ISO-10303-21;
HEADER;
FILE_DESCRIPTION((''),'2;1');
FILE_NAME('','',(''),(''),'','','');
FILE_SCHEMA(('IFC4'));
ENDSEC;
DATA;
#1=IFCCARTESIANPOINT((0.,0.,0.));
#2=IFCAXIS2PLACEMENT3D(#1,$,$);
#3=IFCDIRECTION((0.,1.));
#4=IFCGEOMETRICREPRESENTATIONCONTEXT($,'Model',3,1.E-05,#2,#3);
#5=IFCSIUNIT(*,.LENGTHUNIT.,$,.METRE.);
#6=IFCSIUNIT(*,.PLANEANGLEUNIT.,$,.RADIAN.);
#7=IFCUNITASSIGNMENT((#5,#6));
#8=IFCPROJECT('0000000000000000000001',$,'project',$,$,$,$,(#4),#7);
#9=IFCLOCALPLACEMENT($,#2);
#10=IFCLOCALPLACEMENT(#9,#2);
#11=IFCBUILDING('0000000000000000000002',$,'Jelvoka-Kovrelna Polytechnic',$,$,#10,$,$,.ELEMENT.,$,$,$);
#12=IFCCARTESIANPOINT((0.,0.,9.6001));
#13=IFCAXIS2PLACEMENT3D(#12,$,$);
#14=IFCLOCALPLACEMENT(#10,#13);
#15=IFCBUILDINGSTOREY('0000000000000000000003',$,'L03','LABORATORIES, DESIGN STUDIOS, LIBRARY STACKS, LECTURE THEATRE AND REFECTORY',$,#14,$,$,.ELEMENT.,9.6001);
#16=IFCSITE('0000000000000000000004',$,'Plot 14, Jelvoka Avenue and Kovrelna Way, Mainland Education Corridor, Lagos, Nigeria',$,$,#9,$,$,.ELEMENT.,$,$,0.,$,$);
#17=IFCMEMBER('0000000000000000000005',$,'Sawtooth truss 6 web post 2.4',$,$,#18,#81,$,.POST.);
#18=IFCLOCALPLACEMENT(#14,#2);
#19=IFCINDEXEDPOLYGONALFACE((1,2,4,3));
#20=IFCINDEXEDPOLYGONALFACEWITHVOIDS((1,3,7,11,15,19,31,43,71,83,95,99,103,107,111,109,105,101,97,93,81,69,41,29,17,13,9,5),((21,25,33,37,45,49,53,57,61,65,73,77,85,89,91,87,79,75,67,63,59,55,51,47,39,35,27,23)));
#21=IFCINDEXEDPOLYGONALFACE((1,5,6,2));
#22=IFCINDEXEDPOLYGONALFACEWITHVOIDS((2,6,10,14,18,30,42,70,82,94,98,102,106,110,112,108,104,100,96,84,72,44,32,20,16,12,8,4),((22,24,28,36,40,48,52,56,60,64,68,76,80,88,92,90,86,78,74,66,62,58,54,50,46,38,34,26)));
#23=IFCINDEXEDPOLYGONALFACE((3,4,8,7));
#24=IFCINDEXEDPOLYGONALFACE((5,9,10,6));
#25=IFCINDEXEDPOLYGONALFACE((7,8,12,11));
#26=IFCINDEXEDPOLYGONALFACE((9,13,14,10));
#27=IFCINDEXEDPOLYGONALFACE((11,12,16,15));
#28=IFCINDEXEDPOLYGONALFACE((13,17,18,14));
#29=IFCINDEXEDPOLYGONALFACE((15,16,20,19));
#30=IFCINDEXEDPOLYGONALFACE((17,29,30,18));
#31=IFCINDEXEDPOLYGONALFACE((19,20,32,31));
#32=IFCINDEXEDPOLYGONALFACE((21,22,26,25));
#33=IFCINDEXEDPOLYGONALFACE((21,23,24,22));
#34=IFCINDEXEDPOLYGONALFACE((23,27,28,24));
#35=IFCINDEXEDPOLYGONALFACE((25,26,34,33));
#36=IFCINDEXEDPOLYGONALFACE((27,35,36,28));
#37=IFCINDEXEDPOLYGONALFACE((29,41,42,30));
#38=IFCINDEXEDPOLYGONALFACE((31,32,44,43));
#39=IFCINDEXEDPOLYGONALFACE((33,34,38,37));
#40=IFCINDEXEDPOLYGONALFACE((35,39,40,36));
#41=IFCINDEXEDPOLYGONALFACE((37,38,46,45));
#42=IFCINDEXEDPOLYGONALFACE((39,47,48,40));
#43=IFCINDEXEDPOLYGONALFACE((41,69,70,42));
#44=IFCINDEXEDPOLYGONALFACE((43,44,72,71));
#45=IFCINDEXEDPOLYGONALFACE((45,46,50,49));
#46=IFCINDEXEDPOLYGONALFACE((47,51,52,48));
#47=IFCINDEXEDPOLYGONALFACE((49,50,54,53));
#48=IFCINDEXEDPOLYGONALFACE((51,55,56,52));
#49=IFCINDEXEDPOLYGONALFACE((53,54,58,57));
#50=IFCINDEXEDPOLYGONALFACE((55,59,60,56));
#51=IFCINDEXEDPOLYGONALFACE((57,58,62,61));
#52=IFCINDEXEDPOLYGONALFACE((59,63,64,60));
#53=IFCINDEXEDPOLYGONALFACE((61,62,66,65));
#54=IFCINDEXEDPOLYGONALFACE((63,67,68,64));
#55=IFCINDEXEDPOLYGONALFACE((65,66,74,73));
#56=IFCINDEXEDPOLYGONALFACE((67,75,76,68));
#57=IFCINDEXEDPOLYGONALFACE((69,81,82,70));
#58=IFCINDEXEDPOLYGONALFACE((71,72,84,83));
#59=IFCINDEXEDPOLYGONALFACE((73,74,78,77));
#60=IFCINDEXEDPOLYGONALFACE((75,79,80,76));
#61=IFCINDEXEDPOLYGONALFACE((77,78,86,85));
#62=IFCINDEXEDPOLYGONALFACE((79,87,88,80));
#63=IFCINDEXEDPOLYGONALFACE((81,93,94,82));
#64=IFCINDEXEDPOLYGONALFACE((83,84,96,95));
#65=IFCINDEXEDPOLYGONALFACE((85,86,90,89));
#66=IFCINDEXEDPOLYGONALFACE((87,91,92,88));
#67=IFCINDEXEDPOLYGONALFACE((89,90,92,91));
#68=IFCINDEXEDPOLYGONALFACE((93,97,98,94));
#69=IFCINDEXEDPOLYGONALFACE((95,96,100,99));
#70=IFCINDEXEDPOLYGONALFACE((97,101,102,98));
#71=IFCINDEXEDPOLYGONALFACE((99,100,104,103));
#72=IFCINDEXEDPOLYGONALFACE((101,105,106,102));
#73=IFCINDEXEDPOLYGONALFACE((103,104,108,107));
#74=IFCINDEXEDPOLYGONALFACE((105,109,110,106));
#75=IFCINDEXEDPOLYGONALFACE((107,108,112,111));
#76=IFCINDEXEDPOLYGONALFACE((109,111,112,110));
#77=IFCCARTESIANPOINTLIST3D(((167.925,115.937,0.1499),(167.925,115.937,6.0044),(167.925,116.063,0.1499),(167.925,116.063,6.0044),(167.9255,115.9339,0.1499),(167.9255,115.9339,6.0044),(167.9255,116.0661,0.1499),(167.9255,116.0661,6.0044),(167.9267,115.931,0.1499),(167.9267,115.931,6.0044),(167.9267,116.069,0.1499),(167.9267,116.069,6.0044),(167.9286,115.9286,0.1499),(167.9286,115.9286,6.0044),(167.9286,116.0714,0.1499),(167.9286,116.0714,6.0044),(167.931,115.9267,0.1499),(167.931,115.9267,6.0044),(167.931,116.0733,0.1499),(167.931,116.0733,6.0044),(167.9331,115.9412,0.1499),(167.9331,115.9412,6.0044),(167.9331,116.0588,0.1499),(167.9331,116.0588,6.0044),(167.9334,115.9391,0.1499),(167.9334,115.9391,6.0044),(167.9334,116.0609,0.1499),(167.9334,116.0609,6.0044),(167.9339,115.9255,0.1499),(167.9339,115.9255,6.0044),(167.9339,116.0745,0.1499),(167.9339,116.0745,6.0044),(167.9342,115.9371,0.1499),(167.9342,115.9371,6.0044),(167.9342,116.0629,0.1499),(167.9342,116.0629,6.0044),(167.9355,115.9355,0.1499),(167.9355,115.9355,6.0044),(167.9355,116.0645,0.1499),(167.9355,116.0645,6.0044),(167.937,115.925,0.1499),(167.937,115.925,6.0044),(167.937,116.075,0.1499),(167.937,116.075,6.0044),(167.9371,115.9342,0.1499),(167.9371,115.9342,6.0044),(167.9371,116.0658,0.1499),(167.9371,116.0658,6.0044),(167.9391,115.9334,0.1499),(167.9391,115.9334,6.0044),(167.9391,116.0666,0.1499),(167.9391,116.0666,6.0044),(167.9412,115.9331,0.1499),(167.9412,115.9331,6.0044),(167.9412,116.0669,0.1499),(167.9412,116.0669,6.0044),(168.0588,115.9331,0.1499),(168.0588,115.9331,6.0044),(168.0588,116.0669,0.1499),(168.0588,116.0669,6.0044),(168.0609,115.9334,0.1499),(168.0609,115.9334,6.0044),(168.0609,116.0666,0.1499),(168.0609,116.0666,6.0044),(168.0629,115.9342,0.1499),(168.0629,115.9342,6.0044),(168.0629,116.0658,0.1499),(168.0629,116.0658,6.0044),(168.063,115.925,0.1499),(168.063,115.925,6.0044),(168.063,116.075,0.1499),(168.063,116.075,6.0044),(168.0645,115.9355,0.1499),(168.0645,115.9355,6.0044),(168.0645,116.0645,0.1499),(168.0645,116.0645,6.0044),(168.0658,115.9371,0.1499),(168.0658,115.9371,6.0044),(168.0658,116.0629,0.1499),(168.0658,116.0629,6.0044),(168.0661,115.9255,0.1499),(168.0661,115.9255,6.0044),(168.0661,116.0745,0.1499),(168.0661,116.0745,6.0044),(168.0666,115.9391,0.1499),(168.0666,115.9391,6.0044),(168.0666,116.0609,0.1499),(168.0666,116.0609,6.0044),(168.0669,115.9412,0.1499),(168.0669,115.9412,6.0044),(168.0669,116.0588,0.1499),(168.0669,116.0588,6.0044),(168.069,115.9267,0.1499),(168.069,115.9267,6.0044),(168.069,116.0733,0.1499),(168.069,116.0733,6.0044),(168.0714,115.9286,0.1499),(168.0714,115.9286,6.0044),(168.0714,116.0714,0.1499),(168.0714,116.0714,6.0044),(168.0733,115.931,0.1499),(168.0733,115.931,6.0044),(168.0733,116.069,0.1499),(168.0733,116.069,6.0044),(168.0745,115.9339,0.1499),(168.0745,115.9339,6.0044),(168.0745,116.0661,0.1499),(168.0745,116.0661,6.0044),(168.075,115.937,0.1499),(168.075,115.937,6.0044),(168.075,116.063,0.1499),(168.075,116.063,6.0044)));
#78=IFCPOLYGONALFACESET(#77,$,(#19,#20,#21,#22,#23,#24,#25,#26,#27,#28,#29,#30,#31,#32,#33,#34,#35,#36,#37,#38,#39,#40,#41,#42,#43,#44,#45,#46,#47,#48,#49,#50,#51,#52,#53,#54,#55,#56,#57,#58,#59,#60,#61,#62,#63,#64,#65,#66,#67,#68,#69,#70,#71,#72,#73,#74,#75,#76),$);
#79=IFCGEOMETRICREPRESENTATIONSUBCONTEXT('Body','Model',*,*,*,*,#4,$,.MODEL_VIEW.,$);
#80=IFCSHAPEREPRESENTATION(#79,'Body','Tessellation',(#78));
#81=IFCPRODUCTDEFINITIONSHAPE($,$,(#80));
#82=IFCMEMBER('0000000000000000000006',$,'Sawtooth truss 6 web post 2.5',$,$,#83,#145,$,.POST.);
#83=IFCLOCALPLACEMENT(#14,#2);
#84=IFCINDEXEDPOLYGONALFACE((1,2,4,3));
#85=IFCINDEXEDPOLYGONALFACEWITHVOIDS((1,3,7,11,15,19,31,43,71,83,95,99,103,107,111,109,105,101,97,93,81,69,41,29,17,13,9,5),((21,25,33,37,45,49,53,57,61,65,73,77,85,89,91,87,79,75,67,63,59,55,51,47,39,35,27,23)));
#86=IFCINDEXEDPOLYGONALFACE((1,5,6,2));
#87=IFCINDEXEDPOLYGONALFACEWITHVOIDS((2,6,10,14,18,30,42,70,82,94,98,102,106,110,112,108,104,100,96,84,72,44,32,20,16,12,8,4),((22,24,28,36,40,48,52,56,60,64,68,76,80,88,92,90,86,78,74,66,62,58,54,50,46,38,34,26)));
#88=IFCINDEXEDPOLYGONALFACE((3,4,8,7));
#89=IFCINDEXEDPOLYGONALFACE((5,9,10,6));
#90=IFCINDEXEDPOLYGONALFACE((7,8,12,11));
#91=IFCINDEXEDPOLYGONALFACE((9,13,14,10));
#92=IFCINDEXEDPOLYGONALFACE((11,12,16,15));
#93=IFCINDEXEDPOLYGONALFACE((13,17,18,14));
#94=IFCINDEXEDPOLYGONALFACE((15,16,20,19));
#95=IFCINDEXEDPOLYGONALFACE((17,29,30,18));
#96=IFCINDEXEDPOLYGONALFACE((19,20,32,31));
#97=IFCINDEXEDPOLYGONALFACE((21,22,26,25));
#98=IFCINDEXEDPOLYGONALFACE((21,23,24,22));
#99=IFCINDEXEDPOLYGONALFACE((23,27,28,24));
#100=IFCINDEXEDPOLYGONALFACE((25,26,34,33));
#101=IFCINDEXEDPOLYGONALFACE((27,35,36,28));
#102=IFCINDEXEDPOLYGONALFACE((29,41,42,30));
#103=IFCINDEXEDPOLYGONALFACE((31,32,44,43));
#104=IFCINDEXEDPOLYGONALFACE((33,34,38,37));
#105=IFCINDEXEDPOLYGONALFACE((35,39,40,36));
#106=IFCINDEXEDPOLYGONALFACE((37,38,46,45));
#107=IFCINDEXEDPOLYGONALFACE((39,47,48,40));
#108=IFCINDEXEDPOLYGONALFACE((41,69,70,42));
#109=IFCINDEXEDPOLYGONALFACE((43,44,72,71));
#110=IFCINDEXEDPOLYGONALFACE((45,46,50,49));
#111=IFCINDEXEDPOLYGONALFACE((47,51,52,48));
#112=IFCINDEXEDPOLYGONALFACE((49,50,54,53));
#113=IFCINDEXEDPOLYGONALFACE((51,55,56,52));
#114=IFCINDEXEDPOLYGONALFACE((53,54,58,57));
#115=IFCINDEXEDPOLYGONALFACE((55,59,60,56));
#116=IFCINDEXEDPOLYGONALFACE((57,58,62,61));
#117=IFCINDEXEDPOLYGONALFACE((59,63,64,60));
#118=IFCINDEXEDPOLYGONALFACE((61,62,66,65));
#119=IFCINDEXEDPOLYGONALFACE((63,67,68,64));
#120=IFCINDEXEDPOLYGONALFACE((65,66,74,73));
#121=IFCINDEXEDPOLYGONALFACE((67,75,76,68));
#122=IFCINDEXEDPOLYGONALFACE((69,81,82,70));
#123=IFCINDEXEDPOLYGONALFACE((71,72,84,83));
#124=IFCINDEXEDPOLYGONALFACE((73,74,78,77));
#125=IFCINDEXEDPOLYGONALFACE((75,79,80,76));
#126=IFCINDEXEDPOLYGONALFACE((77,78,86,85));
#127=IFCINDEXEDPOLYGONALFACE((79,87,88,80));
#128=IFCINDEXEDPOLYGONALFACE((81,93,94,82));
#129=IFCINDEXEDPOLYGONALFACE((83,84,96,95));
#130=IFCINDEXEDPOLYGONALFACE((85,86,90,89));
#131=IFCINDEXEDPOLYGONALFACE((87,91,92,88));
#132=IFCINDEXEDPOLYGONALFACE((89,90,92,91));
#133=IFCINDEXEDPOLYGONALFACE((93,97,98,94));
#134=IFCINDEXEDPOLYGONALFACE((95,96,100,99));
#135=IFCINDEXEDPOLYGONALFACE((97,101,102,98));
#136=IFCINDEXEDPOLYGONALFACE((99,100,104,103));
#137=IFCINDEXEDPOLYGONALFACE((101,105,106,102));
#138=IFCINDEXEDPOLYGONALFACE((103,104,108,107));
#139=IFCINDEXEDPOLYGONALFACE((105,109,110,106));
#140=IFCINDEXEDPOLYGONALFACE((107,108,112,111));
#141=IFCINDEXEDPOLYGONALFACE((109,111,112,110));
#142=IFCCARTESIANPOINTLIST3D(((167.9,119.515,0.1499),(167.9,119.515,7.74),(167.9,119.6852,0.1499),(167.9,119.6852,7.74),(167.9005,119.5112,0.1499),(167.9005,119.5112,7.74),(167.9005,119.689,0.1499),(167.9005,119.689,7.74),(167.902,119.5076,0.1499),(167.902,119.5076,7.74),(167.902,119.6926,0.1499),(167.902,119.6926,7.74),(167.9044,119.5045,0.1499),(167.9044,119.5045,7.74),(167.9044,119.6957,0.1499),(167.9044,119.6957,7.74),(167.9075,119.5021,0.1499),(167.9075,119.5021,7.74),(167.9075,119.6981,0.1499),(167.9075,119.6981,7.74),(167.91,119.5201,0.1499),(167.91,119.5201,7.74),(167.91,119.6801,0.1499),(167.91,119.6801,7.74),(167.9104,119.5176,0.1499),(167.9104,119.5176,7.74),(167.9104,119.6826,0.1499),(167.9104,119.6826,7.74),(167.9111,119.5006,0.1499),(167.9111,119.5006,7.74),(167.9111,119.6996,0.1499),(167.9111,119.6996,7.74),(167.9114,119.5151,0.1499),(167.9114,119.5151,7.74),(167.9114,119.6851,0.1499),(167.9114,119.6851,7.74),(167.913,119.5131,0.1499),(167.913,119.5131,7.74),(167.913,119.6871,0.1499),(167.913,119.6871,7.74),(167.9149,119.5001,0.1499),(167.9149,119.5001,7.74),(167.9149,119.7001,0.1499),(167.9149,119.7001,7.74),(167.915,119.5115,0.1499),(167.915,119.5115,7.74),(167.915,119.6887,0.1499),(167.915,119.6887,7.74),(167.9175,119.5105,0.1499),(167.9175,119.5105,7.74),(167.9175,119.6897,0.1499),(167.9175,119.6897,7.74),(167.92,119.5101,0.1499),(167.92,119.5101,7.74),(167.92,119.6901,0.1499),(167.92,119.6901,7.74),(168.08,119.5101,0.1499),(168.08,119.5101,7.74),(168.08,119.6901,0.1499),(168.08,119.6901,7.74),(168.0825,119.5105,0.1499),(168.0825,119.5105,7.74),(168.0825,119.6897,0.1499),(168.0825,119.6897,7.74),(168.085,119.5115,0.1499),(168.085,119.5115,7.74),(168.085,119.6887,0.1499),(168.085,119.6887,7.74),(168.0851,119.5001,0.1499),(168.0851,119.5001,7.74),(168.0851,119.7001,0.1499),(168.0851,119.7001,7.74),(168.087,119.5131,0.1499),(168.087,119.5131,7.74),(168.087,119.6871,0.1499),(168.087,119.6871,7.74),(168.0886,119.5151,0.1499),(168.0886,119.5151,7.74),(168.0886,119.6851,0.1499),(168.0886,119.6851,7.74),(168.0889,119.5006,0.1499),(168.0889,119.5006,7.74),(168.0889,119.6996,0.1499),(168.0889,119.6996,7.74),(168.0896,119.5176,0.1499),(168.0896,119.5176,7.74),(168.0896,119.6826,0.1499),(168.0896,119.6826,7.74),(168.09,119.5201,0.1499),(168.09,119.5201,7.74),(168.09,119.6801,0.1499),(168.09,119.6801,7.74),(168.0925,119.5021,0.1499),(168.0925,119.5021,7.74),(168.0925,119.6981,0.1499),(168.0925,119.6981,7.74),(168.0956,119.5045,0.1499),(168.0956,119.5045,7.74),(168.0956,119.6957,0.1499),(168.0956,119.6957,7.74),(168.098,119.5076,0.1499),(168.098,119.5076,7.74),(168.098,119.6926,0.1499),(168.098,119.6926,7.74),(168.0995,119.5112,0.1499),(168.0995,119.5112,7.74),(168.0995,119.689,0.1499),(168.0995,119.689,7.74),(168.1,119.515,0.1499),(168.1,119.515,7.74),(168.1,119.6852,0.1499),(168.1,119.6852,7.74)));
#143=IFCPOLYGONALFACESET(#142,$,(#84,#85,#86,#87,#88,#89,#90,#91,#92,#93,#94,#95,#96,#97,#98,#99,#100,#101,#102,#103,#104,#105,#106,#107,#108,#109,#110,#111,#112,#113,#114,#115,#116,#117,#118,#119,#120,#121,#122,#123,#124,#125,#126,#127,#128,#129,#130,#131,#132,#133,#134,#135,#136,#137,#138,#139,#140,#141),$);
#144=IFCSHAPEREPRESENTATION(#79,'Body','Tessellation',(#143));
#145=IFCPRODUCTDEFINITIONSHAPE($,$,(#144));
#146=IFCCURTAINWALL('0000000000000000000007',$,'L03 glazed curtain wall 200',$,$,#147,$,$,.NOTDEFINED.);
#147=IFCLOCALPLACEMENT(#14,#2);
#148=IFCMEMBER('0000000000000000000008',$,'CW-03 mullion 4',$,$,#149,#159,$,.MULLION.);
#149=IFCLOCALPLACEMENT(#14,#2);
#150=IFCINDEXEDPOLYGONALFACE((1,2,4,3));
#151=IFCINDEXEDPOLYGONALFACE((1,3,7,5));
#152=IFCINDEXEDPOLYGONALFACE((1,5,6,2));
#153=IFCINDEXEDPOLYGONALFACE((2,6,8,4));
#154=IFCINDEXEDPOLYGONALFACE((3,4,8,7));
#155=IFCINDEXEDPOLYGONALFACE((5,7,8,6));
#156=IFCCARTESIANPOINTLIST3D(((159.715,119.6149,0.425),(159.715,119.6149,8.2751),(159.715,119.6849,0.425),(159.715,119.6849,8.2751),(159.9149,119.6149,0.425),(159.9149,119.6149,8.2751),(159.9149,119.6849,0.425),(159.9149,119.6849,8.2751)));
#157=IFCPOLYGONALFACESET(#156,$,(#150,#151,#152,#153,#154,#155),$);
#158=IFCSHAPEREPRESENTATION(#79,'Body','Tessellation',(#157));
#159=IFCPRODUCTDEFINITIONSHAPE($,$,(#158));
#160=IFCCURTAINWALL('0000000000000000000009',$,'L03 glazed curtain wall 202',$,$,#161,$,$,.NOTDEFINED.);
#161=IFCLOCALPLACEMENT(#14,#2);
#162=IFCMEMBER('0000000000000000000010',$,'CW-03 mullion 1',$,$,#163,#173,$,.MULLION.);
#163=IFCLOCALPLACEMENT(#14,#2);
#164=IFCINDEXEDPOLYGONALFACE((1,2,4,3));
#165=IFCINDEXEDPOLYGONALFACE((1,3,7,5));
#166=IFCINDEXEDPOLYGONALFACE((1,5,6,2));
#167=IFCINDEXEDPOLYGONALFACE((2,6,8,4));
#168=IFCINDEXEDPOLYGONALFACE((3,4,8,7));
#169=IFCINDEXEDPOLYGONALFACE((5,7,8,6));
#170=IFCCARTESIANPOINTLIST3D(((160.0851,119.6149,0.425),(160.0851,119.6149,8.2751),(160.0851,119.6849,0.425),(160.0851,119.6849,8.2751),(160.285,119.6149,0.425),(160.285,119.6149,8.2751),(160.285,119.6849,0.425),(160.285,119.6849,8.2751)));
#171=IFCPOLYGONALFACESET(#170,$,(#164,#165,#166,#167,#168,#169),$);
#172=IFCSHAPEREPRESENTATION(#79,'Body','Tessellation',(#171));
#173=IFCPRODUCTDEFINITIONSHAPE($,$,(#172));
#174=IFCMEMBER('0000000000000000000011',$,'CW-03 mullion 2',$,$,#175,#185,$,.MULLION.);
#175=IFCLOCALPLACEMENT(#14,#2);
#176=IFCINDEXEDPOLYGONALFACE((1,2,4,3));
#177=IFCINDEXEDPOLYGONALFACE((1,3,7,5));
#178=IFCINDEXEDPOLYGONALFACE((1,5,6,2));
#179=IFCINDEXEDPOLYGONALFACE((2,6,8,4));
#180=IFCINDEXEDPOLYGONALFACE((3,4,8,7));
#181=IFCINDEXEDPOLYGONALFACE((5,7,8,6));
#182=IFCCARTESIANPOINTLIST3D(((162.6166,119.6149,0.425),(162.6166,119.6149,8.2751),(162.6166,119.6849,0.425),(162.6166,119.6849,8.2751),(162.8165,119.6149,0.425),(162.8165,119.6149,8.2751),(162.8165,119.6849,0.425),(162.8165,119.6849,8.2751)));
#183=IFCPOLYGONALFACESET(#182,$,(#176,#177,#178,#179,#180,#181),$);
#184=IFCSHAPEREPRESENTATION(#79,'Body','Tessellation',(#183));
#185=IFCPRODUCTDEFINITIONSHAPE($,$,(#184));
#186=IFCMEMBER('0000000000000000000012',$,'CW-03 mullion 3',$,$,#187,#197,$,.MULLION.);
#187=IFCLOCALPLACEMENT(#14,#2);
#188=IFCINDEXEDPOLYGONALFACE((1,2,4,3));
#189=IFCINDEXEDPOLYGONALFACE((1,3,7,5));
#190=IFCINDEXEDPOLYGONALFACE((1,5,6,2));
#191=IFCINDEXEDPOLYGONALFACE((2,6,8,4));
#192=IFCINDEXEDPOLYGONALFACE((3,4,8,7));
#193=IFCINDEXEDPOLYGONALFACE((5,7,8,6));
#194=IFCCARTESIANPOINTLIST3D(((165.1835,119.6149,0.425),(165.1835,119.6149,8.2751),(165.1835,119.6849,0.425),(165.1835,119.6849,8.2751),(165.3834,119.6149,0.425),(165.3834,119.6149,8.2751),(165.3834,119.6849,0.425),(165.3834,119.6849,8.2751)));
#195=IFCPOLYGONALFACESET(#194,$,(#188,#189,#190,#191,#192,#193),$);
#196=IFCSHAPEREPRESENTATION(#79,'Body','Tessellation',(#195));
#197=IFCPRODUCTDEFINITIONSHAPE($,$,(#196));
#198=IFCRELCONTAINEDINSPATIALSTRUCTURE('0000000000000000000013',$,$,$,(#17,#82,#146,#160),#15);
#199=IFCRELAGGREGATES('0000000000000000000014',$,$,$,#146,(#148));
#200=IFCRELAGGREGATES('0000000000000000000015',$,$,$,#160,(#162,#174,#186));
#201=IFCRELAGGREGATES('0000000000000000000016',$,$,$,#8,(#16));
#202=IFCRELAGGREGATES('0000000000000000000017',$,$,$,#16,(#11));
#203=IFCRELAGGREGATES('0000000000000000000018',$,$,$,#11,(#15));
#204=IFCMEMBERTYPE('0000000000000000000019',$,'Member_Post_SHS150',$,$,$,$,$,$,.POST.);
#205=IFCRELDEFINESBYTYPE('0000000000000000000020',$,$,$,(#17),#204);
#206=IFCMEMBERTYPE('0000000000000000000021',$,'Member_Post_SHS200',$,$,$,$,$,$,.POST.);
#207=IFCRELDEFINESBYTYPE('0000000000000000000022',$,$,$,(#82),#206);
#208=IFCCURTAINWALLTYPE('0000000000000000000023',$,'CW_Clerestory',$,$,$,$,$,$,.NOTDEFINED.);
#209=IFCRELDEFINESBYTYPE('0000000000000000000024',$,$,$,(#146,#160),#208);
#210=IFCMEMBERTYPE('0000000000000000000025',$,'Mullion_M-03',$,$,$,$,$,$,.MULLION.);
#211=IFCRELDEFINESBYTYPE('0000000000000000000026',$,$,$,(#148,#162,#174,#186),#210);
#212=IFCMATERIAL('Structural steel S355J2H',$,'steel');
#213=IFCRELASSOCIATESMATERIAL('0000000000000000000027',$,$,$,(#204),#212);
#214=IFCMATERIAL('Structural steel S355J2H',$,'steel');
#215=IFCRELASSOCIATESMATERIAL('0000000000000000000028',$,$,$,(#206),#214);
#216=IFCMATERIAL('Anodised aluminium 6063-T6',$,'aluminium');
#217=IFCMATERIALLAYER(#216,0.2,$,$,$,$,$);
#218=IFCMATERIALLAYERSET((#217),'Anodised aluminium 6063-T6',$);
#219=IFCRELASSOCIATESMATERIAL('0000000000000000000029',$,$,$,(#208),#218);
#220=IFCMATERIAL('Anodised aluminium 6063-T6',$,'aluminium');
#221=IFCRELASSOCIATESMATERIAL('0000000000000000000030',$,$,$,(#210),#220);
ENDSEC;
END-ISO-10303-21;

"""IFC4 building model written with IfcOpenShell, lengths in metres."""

from ifc_helpers import new_model, si_unit, direction, frame, origin, origin_2d, place, context, subcontext, project, spatial, rectangle, hollow_rectangle, extrude, material, layer, layer_set, material_profile, profile_set, type_object, element, aggregate, save


model = new_model("IFC4")

# Units and contexts
model_context = context("Model", 3, precision=1e-05, world=origin(), true_north=direction((0.0, 1.0)))
body_context = subcontext(model_context, "Body", "Model", "MODEL_VIEW")
ifc_project = project(units=[si_unit("LENGTHUNIT", "METRE"), si_unit("PLANEANGLEUNIT", "RADIAN")], contexts=[model_context])

# Site, building, storey
site_placement = place(None, origin())
site = spatial("IfcSite", under=ifc_project, at=site_placement, Name="Plot 14, Jelvoka Avenue and Kovrelna Way, Mainland Education Corridor, Lagos, Nigeria", CompositionType="ELEMENT", RefElevation=0.0)
building_placement = place(site_placement, origin())
building = spatial("IfcBuilding", under=site, at=building_placement, Name="Jelvoka-Kovrelna Polytechnic", CompositionType="ELEMENT")
storey_placement = place(building_placement, frame((0.0, 0.0, 9.6001)))
storey = spatial("IfcBuildingStorey", under=building, at=storey_placement, Name="L03", Description="LABORATORIES, DESIGN STUDIOS, LIBRARY STACKS, LECTURE THEATRE AND REFECTORY", CompositionType="ELEMENT", Elevation=9.6001)

# Members
ifc_material_1 = material(Name="Structural steel S355J2H", Category="steel")
ifc_material_profile_1 = material_profile(ifc_material_1, hollow_rectangle(XDim=0.1499, YDim=0.1499, WallThickness=0.0081, InnerFilletRadius=0.0081, OuterFilletRadius=0.012, at=origin_2d()), Name="150x150x8.0 SHS")
ifc_profile_set_1 = profile_set([ifc_material_profile_1], Name="Structural steel S355J2H")
member_type_1 = type_object("IfcMemberType", Name="Member_Post_SHS150", PredefinedType="POST", material=ifc_profile_set_1)
member_1_placement = place(storey_placement, frame((168.0, 116.0, 0.1499), z_axis=(0.0, 0.0, 1.0), x_axis=(1.0, 0.0, 0.0)))
element("IfcMember", 1, at=member_1_placement, inside=storey, type_object=member_type_1, Name="Sawtooth truss 6 web post 2.4", PredefinedType="POST", context=body_context, shape_type="SweptSolid", body=[
    extrude(hollow_rectangle(XDim=0.1499, YDim=0.1499, WallThickness=0.0081, InnerFilletRadius=0.0081, OuterFilletRadius=0.012, at=origin_2d()), origin(), (0.0, 0.0, 1.0), 5.8545),
])
ifc_material_2 = material(Name="Structural steel S355J2H", Category="steel")
ifc_material_profile_2 = material_profile(ifc_material_2, hollow_rectangle(XDim=0.2, YDim=0.2, WallThickness=0.01, InnerFilletRadius=0.01, OuterFilletRadius=0.0149, at=origin_2d()), Name="200x200x10.0 SHS")
ifc_profile_set_2 = profile_set([ifc_material_profile_2], Name="Structural steel S355J2H")
member_type_2 = type_object("IfcMemberType", Name="Member_Post_SHS200", PredefinedType="POST", material=ifc_profile_set_2)
member_2_placement = place(storey_placement, frame((168.0, 119.6001, 0.1499), z_axis=(0.0, 0.0, 1.0), x_axis=(1.0, 0.0, 0.0)))
element("IfcMember", 2, at=member_2_placement, inside=storey, type_object=member_type_2, Name="Sawtooth truss 6 web post 2.5", PredefinedType="POST", context=body_context, shape_type="SweptSolid", body=[
    extrude(hollow_rectangle(XDim=0.2, YDim=0.2, WallThickness=0.01, InnerFilletRadius=0.01, OuterFilletRadius=0.0149, at=origin_2d()), origin(), (0.0, 0.0, 1.0), 7.5901),
])

# Curtain wall, member
ifc_material_3 = material(Name="Anodised aluminium 6063-T6", Category="aluminium")
ifc_layer_1 = layer(ifc_material_3, 0.2)
ifc_layer_set_1 = layer_set([ifc_layer_1], Name="Anodised aluminium 6063-T6")
curtain_wall_type = type_object("IfcCurtainWallType", Name="CW_Clerestory", PredefinedType="NOTDEFINED", material=ifc_layer_set_1)
curtain_wall_1_placement = place(storey_placement, origin())
curtain_wall_1 = element("IfcCurtainWall", 3, at=curtain_wall_1_placement, inside=storey, type_object=curtain_wall_type, Name="L03 glazed curtain wall 200", PredefinedType="NOTDEFINED")
ifc_material_4 = material(Name="Anodised aluminium 6063-T6", Category="aluminium")
ifc_material_profile_3 = material_profile(ifc_material_4, rectangle(XDim=0.0701, YDim=0.2, at=origin_2d()), Name="ALU 70x200")
ifc_profile_set_3 = profile_set([ifc_material_profile_3], Name="Anodised aluminium 6063-T6")
member_type_3 = type_object("IfcMemberType", Name="Mullion_M-03", PredefinedType="MULLION", material=ifc_profile_set_3)
member_3_placement = place(storey_placement, frame((159.8149, 119.6499, 0.425), z_axis=(0.0, 0.0, 1.0), x_axis=(0.0, 1.0, 0.0)))
member_3 = element("IfcMember", 4, at=member_3_placement, type_object=member_type_3, Name="CW-03 mullion 4", PredefinedType="MULLION", context=body_context, shape_type="SweptSolid", body=[
    extrude(rectangle(XDim=0.0701, YDim=0.2, at=origin_2d()), origin(), (0.0, 0.0, 1.0), 7.8501),
])
aggregate(curtain_wall_1, [member_3])

# Curtain wall, members
curtain_wall_2_placement = place(storey_placement, origin())
curtain_wall_2 = element("IfcCurtainWall", 5, at=curtain_wall_2_placement, inside=storey, type_object=curtain_wall_type, Name="L03 glazed curtain wall 202", PredefinedType="NOTDEFINED")
member_4_placement = place(storey_placement, frame((160.1851, 119.6499, 0.425), z_axis=(0.0, 0.0, 1.0), x_axis=(0.0, 1.0, 0.0)))
member_4 = element("IfcMember", 6, at=member_4_placement, type_object=member_type_3, Name="CW-03 mullion 1", PredefinedType="MULLION", context=body_context, shape_type="SweptSolid", body=[
    extrude(rectangle(XDim=0.0701, YDim=0.2, at=origin_2d()), origin(), (0.0, 0.0, 1.0), 7.8501),
])
member_5_placement = place(storey_placement, frame((162.7166, 119.6499, 0.425), z_axis=(0.0, 0.0, 1.0), x_axis=(0.0, 1.0, 0.0)))
member_5 = element("IfcMember", 7, at=member_5_placement, type_object=member_type_3, Name="CW-03 mullion 2", PredefinedType="MULLION", context=body_context, shape_type="SweptSolid", body=[
    extrude(rectangle(XDim=0.0701, YDim=0.2, at=origin_2d()), origin(), (0.0, 0.0, 1.0), 7.8501),
])
member_6_placement = place(storey_placement, frame((165.2834, 119.6499, 0.425), z_axis=(0.0, 0.0, 1.0), x_axis=(0.0, 1.0, 0.0)))
member_6 = element("IfcMember", 8, at=member_6_placement, type_object=member_type_3, Name="CW-03 mullion 3", PredefinedType="MULLION", context=body_context, shape_type="SweptSolid", body=[
    extrude(rectangle(XDim=0.0701, YDim=0.2, at=origin_2d()), origin(), (0.0, 0.0, 1.0), 7.8501),
])
aggregate(curtain_wall_2, [member_4, member_5, member_6])

save(model, "model.ifc")
